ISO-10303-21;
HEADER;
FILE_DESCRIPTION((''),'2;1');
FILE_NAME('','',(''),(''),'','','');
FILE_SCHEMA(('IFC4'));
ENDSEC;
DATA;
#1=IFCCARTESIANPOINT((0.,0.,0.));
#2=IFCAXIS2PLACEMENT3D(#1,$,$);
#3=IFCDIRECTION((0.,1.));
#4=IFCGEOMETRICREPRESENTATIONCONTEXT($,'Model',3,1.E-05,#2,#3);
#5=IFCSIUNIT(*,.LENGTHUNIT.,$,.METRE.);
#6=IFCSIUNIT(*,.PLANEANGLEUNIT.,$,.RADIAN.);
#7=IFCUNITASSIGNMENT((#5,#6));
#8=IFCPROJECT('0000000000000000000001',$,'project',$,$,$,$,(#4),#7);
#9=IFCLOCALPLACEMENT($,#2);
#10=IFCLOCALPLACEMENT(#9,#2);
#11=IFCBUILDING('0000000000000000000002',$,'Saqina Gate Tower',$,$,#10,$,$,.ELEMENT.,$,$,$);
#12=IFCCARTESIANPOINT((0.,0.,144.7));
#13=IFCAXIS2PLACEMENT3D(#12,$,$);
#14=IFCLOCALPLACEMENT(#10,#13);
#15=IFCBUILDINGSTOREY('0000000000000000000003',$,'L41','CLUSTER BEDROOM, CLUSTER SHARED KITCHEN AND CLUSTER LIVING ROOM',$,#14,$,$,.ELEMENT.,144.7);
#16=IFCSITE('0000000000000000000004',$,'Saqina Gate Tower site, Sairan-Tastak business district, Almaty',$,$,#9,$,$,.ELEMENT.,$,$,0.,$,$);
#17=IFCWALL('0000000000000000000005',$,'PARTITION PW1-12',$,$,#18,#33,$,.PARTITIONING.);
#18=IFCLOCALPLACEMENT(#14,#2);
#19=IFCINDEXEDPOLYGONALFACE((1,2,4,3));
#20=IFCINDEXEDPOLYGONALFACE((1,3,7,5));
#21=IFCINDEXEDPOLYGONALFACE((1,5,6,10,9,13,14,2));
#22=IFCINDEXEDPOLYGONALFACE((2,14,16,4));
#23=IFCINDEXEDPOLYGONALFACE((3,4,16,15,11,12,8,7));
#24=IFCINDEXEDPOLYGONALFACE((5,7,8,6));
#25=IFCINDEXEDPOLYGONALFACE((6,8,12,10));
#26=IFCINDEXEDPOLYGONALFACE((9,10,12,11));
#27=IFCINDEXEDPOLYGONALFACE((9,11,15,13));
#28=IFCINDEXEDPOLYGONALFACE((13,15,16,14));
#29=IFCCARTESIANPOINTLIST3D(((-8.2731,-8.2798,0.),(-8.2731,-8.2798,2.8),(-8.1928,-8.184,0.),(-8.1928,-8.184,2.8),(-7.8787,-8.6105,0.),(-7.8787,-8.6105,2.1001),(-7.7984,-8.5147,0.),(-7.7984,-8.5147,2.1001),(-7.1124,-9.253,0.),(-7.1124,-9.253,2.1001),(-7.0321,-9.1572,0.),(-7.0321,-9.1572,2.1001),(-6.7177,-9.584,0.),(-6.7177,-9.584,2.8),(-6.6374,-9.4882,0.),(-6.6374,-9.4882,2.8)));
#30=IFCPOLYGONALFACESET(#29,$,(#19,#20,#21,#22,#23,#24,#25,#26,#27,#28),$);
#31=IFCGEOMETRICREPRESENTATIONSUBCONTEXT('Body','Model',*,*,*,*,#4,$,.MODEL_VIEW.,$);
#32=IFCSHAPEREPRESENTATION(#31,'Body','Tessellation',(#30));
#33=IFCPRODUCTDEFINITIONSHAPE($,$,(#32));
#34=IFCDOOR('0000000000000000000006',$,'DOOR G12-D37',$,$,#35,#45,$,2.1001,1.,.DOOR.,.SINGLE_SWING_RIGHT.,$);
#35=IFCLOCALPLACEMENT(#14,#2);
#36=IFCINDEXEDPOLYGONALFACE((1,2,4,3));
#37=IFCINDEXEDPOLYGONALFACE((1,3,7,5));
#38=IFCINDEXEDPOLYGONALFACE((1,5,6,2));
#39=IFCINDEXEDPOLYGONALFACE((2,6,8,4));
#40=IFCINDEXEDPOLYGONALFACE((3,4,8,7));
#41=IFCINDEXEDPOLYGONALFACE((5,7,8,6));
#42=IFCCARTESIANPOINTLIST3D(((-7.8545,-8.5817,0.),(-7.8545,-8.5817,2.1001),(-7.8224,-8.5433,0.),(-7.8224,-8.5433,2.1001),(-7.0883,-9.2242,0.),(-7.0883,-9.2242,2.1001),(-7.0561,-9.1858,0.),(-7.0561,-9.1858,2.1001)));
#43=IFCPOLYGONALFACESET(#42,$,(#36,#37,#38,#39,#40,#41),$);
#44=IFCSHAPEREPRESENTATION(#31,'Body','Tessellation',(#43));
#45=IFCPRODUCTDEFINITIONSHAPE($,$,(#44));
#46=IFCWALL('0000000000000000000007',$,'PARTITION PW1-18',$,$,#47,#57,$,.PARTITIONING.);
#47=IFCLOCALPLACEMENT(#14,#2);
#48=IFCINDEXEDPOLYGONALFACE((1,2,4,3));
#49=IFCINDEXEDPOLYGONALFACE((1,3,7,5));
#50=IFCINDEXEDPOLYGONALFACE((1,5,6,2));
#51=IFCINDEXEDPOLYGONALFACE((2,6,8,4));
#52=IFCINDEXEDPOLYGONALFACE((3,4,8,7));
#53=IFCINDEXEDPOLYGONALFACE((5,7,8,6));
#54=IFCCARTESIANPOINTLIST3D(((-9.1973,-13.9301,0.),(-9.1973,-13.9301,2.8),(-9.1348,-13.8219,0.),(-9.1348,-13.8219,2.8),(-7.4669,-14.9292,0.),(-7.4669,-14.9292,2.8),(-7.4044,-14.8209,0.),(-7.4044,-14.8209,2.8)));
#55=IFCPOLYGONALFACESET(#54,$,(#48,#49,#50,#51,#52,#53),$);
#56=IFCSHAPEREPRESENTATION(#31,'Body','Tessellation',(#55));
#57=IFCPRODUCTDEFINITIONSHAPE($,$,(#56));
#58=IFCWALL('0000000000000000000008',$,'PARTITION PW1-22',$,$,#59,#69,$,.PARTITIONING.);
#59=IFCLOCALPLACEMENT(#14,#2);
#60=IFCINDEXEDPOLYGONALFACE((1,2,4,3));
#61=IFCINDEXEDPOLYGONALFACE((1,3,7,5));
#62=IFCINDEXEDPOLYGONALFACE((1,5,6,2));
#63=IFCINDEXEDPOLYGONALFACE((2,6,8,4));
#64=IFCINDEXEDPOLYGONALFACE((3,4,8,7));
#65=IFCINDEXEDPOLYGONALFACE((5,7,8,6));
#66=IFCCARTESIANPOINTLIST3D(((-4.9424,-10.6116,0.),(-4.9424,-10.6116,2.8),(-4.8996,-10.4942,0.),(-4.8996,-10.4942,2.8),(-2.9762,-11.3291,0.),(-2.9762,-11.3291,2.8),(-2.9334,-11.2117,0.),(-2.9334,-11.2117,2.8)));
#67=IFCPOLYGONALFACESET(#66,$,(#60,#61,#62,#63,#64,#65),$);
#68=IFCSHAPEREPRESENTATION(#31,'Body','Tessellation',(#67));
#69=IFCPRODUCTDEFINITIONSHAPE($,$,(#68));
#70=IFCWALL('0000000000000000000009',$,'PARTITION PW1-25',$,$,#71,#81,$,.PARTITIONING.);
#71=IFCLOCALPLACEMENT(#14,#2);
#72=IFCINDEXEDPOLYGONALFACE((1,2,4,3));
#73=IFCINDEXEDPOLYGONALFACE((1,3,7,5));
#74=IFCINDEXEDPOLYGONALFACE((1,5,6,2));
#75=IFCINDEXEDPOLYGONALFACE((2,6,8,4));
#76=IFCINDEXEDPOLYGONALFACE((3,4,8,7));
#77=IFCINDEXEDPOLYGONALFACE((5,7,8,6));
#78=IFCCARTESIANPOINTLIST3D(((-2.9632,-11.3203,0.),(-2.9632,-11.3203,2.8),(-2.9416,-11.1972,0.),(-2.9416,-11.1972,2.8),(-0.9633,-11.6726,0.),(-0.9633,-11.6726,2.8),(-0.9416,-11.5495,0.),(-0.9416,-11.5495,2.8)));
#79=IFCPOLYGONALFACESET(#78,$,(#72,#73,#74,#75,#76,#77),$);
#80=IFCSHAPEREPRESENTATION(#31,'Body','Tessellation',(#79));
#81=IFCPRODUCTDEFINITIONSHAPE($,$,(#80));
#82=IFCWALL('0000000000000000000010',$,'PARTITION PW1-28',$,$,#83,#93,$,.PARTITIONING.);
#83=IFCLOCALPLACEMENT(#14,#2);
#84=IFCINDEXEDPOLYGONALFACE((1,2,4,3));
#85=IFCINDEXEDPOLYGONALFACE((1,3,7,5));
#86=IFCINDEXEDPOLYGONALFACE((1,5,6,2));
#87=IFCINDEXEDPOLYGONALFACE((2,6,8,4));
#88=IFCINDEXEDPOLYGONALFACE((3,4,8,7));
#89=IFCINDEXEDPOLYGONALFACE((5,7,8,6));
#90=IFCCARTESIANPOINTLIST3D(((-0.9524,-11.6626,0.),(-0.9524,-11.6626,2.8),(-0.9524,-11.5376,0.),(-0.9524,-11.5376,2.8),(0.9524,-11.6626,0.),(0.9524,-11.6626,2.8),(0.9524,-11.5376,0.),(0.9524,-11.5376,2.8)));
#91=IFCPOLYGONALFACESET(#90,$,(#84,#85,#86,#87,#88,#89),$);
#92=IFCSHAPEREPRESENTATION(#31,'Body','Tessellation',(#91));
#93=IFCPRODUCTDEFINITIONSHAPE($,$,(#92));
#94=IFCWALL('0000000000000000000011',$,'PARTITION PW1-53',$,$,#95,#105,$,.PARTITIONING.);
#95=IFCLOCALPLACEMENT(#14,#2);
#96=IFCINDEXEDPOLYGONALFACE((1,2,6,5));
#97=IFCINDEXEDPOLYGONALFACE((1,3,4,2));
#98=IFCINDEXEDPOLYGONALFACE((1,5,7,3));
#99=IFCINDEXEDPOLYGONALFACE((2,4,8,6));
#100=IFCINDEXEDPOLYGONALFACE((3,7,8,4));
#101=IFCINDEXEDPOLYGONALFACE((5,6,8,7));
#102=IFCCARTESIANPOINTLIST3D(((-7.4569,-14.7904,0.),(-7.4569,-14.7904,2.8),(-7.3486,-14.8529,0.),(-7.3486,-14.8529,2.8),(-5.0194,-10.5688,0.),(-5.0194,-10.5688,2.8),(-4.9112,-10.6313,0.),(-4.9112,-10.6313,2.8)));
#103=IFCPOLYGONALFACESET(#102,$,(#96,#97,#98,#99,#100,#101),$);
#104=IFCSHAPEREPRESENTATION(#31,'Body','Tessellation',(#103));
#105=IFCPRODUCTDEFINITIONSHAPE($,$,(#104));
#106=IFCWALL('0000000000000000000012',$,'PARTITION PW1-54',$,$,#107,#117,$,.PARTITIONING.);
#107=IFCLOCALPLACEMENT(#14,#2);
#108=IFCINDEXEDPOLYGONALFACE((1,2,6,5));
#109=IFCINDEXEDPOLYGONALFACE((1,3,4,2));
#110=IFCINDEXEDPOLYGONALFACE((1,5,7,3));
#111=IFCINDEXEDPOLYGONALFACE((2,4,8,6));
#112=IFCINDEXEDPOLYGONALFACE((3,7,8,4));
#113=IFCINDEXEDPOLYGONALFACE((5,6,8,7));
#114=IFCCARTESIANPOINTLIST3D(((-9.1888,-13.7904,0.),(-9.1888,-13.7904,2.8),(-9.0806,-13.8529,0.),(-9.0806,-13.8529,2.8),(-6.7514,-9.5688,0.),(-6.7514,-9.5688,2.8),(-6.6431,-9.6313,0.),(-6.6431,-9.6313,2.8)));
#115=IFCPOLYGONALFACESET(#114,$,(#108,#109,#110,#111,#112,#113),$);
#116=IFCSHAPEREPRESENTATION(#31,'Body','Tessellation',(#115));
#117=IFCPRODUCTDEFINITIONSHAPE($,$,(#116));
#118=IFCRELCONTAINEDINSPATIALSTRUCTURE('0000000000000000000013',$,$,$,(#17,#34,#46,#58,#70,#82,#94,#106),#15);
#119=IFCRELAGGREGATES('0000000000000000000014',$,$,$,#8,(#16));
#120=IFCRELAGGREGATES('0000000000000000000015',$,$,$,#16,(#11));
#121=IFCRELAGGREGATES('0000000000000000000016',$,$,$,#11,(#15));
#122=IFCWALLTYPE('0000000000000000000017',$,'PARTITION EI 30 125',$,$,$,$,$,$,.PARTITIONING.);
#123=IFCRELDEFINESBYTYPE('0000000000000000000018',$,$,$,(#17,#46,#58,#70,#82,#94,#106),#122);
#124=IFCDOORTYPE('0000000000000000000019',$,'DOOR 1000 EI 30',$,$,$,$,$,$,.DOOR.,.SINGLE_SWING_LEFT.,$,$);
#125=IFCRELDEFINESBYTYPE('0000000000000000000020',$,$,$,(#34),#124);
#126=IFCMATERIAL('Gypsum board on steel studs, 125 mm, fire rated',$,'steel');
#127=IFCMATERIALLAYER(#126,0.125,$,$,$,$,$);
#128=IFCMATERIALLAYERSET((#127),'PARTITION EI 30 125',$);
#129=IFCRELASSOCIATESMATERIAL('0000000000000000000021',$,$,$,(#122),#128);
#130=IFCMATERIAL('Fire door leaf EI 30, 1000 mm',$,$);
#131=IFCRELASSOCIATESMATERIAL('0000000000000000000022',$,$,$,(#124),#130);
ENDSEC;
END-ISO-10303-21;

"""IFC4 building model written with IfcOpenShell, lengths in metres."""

from ifc_helpers import new_model, si_unit, direction, frame, frame_2d, origin, place, context, subcontext, project, spatial, rectangle, extrude, material, layer, layer_set, type_object, element, fill, save


model = new_model("IFC4")

# Units and contexts
model_context = context("Model", 3, precision=1e-05, world=origin(), true_north=direction((0.0, 1.0)))
body_context = subcontext(model_context, "Body", "Model", "MODEL_VIEW")
ifc_project = project(units=[si_unit("LENGTHUNIT", "METRE"), si_unit("PLANEANGLEUNIT", "RADIAN")], contexts=[model_context])

# Site, building, storey
site_placement = place(None, origin())
site = spatial("IfcSite", under=ifc_project, at=site_placement, Name="Saqina Gate Tower site, Sairan-Tastak business district, Almaty", CompositionType="ELEMENT", RefElevation=0.0)
building_placement = place(site_placement, origin())
building = spatial("IfcBuilding", under=site, at=building_placement, Name="Saqina Gate Tower", CompositionType="ELEMENT")
storey_placement = place(building_placement, frame((0.0, 0.0, 144.7)))
storey = spatial("IfcBuildingStorey", under=building, at=storey_placement, Name="L41", Description="CLUSTER BEDROOM, CLUSTER SHARED KITCHEN AND CLUSTER LIVING ROOM", CompositionType="ELEMENT", Elevation=144.7)

# Wall, opening, door
ifc_material_1 = material(Name="Gypsum board on steel studs, 125 mm, fire rated", Category="steel")
ifc_layer_1 = layer(ifc_material_1, 0.125)
ifc_layer_set_1 = layer_set([ifc_layer_1], Name="PARTITION EI 30 125")
wall_type_1 = type_object("IfcWallType", Name="PARTITION EI 30 125", PredefinedType="PARTITIONING", material=ifc_layer_set_1)
wall_1_placement = place(storey_placement, frame((-8.2329, -8.2319, 0.0), z_axis=(0.0, 0.0, 1.0), x_axis=(0.766276, -0.642512, 0.0)))
wall_1 = element("IfcWall", 1, at=wall_1_placement, inside=storey, type_object=wall_type_1, Name="PARTITION PW1-12", PredefinedType="PARTITIONING", context=body_context, shape_type="SweptSolid", body=[
    extrude(rectangle(XDim=2.0298, YDim=0.125, at=frame_2d((1.0149, 0.0))), origin(), (0.0, 0.0, 1.0), 2.8),
])
opening_1_placement = place(wall_1_placement, frame((0.5146, 0.0, 0.0)))
opening_1 = element("IfcOpeningElement", 2, at=opening_1_placement, cuts=wall_1, PredefinedType="OPENING", context=body_context, shape_type="SweptSolid", body=[
    extrude(rectangle(XDim=1.0, YDim=2.1001, at=frame_2d((0.5, 1.05))), frame((0.0, 0.0745, 0.0), z_axis=(0.0, -1.0, 0.0), x_axis=(1.0, 0.0, 0.0)), (0.0, 0.0, 1.0), 0.1489),
])
ifc_material_2 = material(Name="Fire door leaf EI 30, 1000 mm")
door_type = type_object("IfcDoorType", Name="DOOR 1000 EI 30", OperationType="SINGLE_SWING_LEFT", PredefinedType="DOOR", material=ifc_material_2)
door_placement = place(opening_1_placement, frame((1.0, 0.0, 0.0), z_axis=(0.0, 0.0, 1.0), x_axis=(-1.0, 0.0, 0.0)))
door = element("IfcDoor", 3, at=door_placement, inside=storey, type_object=door_type, Name="DOOR G12-D37", OperationType="SINGLE_SWING_RIGHT", OverallHeight=2.1001, OverallWidth=1.0, PredefinedType="DOOR", context=body_context, shape_type="SweptSolid", body=[
    extrude(rectangle(XDim=1.0, YDim=2.1001, at=frame_2d((0.5, 1.05))), frame((0.0, 0.0249, 0.0), z_axis=(0.0, -1.0, 0.0), x_axis=(1.0, 0.0, 0.0)), (0.0, 0.0, 1.0), 0.05),
])
fill(opening_1, door)

# Walls
wall_2_placement = place(storey_placement, frame((-9.166, -13.876, 0.0), z_axis=(0.0, 0.0, 1.0), x_axis=(0.866009, -0.500029, 0.0)))
element("IfcWall", 4, at=wall_2_placement, inside=storey, type_object=wall_type_1, Name="PARTITION PW1-18", PredefinedType="PARTITIONING", context=body_context, shape_type="SweptSolid", body=[
    extrude(rectangle(XDim=1.998, YDim=0.125, at=frame_2d((0.999, 0.0))), origin(), (0.0, 0.0, 1.0), 2.8),
])
wall_3_placement = place(storey_placement, frame((-4.9209, -10.553, 0.0), z_axis=(0.0, 0.0, 1.0), x_axis=(0.939408, -0.342801, 0.0)))
element("IfcWall", 5, at=wall_3_placement, inside=storey, type_object=wall_type_1, Name="PARTITION PW1-22", PredefinedType="PARTITIONING", context=body_context, shape_type="SweptSolid", body=[
    extrude(rectangle(XDim=2.093, YDim=0.125, at=frame_2d((1.0464, 0.0))), origin(), (0.0, 0.0, 1.0), 2.8),
])
wall_4_placement = place(storey_placement, frame((-2.9524, -11.2588, 0.0), z_axis=(0.0, 0.0, 1.0), x_axis=(0.984838, -0.173477, 0.0)))
element("IfcWall", 6, at=wall_4_placement, inside=storey, type_object=wall_type_1, Name="PARTITION PW1-25", PredefinedType="PARTITIONING", context=body_context, shape_type="SweptSolid", body=[
    extrude(rectangle(XDim=2.0308, YDim=0.125, at=frame_2d((1.0154, 0.0))), origin(), (0.0, 0.0, 1.0), 2.8),
])
wall_5_placement = place(storey_placement, frame((-0.9524, -11.6001, 0.0), z_axis=(0.0, 0.0, 1.0), x_axis=(1.0, 0.0, 0.0)))
element("IfcWall", 7, at=wall_5_placement, inside=storey, type_object=wall_type_1, Name="PARTITION PW1-28", PredefinedType="PARTITIONING", context=body_context, shape_type="SweptSolid", body=[
    extrude(rectangle(XDim=1.9048, YDim=0.125, at=frame_2d((0.9524, 0.0))), origin(), (0.0, 0.0, 1.0), 2.8),
])
for number, where, z_axis, x_axis, name in (
    (8, (-7.4028, -14.8218, 0.0), (0.0, 0.0, 1.0), (0.500017, 0.866015, 0.0), "PARTITION PW1-53"),
    (9, (-9.1348, -13.8218, 0.0), (0.0, 0.0, 1.0), (0.500017, 0.866015, 0.0), "PARTITION PW1-54"),
):
    element("IfcWall", number, at=place(storey_placement, frame(where, z_axis=z_axis, x_axis=x_axis)), inside=storey, type_object=wall_type_1, Name=name, PredefinedType="PARTITIONING", context=body_context, shape_type="SweptSolid", body=[
        extrude(rectangle(XDim=4.8748, YDim=0.125, at=frame_2d((2.4375, 0.0))), origin(), (0.0, 0.0, 1.0), 2.8),
    ])

save(model, "model.ifc")
